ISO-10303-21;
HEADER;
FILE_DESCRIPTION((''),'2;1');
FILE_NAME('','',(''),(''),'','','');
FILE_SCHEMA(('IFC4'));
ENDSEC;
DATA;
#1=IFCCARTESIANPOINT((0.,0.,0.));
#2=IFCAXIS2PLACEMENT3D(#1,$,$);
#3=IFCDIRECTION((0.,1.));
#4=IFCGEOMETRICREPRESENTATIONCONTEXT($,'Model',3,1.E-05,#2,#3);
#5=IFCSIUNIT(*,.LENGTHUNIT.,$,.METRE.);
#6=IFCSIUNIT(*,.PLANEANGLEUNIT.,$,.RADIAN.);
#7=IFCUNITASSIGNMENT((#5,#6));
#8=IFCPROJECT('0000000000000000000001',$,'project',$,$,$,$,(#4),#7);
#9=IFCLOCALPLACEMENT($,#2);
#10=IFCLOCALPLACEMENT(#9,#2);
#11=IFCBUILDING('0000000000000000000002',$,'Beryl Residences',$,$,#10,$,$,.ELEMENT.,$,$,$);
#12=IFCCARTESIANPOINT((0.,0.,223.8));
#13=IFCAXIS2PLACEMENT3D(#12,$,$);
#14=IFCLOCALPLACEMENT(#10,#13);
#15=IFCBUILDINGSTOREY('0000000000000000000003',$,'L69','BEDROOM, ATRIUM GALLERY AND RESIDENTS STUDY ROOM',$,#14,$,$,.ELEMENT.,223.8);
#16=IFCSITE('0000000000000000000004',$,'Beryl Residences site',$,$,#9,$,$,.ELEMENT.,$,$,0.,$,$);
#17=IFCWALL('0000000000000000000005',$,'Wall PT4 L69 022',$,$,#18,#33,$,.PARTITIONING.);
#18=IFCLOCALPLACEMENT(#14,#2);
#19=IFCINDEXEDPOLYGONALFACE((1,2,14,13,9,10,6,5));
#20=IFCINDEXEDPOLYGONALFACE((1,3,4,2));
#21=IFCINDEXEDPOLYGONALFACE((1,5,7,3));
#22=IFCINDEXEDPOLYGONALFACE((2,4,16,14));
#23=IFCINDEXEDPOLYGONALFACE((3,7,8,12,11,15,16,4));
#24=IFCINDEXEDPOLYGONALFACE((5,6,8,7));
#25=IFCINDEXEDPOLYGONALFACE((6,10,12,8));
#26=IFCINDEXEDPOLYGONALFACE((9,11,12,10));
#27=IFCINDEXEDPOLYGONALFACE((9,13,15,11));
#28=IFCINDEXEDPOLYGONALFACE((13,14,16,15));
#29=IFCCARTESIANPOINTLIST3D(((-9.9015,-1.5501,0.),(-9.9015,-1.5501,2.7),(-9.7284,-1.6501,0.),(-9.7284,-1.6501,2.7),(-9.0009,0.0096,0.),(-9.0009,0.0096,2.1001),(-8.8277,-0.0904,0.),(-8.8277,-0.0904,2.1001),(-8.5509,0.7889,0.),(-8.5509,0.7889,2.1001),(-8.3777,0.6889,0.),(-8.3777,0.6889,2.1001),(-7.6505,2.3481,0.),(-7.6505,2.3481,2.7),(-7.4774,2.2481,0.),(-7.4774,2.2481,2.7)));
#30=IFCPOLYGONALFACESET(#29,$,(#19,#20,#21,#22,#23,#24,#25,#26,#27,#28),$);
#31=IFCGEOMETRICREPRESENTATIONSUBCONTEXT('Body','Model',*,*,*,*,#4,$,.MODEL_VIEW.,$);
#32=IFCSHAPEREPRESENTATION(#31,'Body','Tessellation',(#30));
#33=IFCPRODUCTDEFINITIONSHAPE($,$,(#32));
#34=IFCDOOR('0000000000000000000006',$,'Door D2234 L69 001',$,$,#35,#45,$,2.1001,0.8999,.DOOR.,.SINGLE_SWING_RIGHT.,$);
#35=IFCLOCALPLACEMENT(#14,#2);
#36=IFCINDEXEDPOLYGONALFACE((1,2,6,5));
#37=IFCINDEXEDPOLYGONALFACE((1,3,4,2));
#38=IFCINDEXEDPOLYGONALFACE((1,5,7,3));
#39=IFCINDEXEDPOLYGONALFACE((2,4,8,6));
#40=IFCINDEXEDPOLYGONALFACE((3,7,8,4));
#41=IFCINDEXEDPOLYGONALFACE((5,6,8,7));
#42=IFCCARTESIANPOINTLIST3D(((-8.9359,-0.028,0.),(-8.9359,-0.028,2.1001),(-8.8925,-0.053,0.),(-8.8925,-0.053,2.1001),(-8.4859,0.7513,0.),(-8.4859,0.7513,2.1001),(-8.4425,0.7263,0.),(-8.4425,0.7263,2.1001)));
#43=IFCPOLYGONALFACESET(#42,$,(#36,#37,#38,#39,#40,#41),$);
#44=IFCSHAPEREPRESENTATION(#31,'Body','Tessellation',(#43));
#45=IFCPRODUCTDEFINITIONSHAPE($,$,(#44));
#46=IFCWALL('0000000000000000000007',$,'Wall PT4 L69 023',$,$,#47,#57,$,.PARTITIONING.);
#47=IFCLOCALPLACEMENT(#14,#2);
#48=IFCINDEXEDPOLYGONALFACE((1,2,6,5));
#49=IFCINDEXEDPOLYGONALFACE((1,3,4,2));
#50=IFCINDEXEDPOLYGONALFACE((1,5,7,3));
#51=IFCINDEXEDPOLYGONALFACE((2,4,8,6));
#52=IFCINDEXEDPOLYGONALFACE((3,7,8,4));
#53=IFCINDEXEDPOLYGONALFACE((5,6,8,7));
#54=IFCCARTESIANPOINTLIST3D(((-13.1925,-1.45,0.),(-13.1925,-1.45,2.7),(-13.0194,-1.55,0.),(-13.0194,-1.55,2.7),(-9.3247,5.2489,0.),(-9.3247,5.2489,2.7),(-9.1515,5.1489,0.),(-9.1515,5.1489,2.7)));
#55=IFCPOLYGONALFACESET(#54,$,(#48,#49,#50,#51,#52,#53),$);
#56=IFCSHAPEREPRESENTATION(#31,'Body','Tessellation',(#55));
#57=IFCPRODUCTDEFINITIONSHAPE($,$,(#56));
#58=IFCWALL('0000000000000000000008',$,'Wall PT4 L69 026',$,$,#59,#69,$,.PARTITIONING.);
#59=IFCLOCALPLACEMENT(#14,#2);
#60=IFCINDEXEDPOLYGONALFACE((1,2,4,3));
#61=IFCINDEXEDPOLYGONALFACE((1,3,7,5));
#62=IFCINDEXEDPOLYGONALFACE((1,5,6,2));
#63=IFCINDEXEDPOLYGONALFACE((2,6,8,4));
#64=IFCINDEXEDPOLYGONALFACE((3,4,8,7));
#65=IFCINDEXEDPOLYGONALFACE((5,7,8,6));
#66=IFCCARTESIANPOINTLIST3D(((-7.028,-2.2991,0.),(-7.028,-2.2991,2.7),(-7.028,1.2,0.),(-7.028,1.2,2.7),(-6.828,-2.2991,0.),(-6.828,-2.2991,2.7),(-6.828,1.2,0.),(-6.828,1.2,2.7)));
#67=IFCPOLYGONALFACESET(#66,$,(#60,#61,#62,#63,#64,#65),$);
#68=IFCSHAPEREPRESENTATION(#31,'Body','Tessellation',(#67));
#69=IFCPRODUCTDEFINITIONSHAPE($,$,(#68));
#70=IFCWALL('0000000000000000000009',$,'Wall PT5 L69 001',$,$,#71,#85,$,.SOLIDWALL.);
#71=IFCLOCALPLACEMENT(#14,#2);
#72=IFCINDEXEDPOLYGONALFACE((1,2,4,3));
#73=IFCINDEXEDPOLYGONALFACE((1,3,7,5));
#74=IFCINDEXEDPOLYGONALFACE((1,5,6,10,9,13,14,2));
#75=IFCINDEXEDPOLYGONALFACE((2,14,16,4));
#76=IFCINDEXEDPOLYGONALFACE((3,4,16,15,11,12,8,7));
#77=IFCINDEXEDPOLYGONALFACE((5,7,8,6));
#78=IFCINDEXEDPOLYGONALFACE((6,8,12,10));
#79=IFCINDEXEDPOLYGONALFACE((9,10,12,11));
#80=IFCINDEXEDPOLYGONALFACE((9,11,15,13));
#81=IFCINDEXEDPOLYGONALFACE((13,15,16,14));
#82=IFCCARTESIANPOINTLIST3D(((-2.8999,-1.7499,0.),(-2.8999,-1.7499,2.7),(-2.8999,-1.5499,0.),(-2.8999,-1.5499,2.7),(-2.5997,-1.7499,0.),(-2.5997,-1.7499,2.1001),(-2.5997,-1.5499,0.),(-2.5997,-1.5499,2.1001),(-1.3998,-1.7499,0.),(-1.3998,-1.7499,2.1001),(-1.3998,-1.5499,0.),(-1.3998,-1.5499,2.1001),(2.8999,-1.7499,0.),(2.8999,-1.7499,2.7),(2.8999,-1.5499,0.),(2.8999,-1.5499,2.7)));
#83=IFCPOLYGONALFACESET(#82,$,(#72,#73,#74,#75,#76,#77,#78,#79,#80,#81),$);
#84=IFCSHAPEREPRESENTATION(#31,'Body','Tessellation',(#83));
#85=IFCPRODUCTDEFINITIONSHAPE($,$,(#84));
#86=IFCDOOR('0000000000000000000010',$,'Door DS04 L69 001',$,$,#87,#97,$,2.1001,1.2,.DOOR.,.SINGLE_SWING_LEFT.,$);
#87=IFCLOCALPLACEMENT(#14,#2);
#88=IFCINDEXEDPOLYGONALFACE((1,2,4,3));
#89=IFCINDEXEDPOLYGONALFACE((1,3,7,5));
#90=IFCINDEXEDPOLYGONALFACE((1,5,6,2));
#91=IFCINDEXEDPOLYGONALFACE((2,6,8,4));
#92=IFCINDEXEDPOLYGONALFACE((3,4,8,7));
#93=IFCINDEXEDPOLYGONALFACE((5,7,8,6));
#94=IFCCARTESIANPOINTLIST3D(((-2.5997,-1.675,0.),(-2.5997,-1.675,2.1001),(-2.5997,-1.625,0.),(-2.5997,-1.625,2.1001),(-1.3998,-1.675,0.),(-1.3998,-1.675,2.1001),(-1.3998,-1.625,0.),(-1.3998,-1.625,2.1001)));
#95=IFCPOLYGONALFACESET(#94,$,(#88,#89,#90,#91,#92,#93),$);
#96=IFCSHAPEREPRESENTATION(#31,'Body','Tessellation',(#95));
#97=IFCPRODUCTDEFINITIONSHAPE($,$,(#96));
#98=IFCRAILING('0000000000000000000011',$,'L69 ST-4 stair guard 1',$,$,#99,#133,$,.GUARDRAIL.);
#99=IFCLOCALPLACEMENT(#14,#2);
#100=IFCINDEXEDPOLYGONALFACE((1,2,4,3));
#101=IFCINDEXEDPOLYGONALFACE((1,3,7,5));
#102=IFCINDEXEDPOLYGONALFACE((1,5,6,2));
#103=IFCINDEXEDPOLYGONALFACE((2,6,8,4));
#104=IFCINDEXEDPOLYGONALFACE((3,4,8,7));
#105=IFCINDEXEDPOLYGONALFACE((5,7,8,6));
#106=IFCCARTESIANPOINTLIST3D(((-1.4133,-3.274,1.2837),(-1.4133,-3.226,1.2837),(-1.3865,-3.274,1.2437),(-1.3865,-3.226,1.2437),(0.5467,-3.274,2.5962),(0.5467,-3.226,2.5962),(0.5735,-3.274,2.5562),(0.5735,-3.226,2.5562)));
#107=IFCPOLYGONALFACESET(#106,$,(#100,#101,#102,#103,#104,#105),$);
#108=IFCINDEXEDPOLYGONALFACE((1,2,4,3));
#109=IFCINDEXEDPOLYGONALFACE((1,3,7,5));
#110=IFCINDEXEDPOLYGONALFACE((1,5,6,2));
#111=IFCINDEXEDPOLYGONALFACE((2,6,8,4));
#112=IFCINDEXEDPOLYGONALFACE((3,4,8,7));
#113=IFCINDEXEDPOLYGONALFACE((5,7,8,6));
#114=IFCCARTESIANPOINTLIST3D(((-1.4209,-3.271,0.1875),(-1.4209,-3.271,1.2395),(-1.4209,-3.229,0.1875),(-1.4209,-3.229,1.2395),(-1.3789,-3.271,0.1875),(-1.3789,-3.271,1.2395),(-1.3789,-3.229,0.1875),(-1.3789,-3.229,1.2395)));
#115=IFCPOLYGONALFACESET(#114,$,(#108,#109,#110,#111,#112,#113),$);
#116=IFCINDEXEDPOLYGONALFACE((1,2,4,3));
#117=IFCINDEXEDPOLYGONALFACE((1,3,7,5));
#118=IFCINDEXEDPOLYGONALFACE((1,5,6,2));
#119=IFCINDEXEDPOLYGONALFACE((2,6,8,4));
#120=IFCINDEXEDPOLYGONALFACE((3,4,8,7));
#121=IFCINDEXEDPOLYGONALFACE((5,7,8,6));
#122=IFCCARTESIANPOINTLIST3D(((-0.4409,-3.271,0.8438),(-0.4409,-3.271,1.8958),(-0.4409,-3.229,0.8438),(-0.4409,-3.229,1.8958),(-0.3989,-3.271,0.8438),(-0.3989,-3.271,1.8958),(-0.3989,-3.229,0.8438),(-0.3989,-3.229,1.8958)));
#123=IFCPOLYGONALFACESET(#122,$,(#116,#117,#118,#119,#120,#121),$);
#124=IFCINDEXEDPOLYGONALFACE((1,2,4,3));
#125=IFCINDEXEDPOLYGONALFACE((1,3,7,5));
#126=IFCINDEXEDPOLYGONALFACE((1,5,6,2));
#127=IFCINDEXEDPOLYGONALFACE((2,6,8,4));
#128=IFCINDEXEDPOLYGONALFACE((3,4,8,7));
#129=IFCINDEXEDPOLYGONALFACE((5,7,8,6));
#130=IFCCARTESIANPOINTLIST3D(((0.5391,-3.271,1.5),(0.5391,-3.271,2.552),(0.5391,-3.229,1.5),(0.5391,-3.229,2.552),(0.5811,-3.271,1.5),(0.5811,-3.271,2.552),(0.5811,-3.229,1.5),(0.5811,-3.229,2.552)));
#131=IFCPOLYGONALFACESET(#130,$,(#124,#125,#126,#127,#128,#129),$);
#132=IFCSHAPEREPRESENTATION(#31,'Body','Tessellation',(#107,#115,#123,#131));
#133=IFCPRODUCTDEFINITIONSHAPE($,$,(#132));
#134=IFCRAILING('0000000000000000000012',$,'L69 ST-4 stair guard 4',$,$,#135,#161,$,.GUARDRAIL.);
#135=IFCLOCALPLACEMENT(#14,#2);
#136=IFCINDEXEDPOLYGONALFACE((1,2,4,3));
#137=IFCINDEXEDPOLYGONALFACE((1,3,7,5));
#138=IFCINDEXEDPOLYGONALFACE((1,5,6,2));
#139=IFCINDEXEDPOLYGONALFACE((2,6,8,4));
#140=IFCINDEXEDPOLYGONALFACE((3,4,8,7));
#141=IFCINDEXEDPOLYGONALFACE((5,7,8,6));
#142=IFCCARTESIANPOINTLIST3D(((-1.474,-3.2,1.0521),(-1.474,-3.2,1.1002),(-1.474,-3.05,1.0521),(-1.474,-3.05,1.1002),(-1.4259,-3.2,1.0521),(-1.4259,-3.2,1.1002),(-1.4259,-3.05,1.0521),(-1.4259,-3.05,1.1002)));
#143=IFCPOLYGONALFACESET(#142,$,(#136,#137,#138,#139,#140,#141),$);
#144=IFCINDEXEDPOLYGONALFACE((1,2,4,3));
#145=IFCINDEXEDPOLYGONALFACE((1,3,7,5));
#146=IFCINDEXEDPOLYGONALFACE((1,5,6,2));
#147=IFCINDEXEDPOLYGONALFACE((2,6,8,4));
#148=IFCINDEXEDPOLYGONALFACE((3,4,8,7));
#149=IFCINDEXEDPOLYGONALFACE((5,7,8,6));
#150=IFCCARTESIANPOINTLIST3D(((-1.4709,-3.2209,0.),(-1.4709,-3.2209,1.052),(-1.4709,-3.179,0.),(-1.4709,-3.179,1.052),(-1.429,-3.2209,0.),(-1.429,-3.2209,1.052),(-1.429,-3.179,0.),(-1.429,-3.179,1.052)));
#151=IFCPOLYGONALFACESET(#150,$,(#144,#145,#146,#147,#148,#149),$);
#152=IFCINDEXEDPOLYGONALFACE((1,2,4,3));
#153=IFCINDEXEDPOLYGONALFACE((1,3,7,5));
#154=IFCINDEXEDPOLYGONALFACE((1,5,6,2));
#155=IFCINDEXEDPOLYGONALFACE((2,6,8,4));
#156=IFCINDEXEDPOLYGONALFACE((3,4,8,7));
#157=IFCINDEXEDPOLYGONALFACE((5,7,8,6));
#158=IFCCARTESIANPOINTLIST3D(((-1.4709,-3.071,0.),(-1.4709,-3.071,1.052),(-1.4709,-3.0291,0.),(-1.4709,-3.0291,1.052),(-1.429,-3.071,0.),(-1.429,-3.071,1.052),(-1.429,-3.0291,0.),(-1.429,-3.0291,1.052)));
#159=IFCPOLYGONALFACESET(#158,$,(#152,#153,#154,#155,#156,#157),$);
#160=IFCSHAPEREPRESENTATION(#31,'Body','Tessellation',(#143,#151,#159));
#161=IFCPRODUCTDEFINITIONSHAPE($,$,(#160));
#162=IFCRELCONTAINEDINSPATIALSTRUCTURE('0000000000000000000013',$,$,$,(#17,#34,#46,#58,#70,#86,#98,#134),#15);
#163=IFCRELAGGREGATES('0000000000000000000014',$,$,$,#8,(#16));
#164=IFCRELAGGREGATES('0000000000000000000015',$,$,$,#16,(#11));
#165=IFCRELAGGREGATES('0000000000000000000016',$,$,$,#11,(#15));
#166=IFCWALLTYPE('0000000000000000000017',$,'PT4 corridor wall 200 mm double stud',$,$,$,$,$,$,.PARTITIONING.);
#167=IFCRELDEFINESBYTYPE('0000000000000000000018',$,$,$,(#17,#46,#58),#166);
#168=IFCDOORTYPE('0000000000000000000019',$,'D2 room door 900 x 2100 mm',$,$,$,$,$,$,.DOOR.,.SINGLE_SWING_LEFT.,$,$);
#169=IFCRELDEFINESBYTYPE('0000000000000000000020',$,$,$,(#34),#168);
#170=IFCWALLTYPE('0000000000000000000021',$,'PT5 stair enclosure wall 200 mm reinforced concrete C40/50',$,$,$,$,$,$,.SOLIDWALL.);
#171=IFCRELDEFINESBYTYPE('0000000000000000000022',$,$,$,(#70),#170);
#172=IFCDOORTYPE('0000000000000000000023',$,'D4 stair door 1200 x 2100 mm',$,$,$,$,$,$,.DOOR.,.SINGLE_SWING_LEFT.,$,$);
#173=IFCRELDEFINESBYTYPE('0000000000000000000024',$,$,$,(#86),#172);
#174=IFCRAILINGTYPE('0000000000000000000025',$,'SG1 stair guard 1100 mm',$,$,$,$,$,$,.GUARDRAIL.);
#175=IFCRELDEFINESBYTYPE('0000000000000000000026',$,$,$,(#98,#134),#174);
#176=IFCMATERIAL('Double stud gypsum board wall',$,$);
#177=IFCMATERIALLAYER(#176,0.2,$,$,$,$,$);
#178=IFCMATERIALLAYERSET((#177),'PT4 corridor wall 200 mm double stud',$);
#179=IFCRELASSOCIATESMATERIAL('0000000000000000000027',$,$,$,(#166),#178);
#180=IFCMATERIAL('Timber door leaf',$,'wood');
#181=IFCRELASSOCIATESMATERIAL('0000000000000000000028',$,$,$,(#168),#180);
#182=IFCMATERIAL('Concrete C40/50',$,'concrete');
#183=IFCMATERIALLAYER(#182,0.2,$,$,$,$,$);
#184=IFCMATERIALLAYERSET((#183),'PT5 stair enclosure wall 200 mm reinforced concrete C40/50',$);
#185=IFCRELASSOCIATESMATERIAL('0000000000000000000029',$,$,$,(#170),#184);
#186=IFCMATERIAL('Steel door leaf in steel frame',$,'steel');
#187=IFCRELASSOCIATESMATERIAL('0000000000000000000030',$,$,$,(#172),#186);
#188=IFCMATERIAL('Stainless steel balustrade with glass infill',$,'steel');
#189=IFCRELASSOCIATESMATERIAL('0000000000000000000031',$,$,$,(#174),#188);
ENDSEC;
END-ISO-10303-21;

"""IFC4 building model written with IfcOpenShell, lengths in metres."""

from ifc_helpers import new_model, si_unit, direction, frame, frame_2d, origin, origin_2d, place, context, subcontext, project, spatial, rectangle, extrude, material, layer, layer_set, type_object, element, fill, save


model = new_model("IFC4")

# Units and contexts
model_context = context("Model", 3, precision=1e-05, world=origin(), true_north=direction((0.0, 1.0)))
body_context = subcontext(model_context, "Body", "Model", "MODEL_VIEW")
ifc_project = project(units=[si_unit("LENGTHUNIT", "METRE"), si_unit("PLANEANGLEUNIT", "RADIAN")], contexts=[model_context])

# Site, building, storey
site_placement = place(None, origin())
site = spatial("IfcSite", under=ifc_project, at=site_placement, Name="Beryl Residences site", CompositionType="ELEMENT", RefElevation=0.0)
building_placement = place(site_placement, origin())
building = spatial("IfcBuilding", under=site, at=building_placement, Name="Beryl Residences", CompositionType="ELEMENT")
storey_placement = place(building_placement, frame((0.0, 0.0, 223.8)))
storey = spatial("IfcBuildingStorey", under=building, at=storey_placement, Name="L69", Description="BEDROOM, ATRIUM GALLERY AND RESIDENTS STUDY ROOM", CompositionType="ELEMENT", Elevation=223.8)

# Shared definitions
ifc_material_1 = material(Name="Double stud gypsum board wall")
ifc_layer_1 = layer(ifc_material_1, 0.2)
ifc_layer_set_1 = layer_set([ifc_layer_1], Name="PT4 corridor wall 200 mm double stud")
wall_type_1 = type_object("IfcWallType", Name="PT4 corridor wall 200 mm double stud", PredefinedType="PARTITIONING", material=ifc_layer_set_1)

# Wall, opening, door
wall_1_placement = place(storey_placement, frame((-9.8149, -1.6001, 0.0), z_axis=(0.0, 0.0, 1.0), x_axis=(0.500059, 0.865991, 0.0)))
wall_1 = element("IfcWall", 1, at=wall_1_placement, inside=storey, type_object=wall_type_1, Name="Wall PT4 L69 022", PredefinedType="PARTITIONING", context=body_context, shape_type="SweptSolid", body=[
    extrude(rectangle(XDim=4.5015, YDim=0.2, at=frame_2d((2.2507, 0.0))), origin(), (0.0, 0.0, 1.0), 2.7),
])
opening_1_placement = place(wall_1_placement, frame((1.801, 0.0, 0.0)))
opening_1 = element("IfcOpeningElement", 2, at=opening_1_placement, cuts=wall_1, PredefinedType="OPENING", context=body_context, shape_type="SweptSolid", body=[
    extrude(rectangle(XDim=0.8999, YDim=2.1001, at=frame_2d((0.45, 1.05))), frame((0.0, 0.1099, 0.0), z_axis=(0.0, -1.0, 0.0), x_axis=(1.0, 0.0, 0.0)), (0.0, 0.0, 1.0), 0.22),
])
ifc_material_2 = material(Name="Timber door leaf", Category="wood")
door_type_1 = type_object("IfcDoorType", Name="D2 room door 900 x 2100 mm", OperationType="SINGLE_SWING_LEFT", PredefinedType="DOOR", material=ifc_material_2)
door_1_placement = place(opening_1_placement, origin())
door_1 = element("IfcDoor", 3, at=door_1_placement, inside=storey, type_object=door_type_1, Name="Door D2234 L69 001", OperationType="SINGLE_SWING_RIGHT", OverallHeight=2.1001, OverallWidth=0.8999, PredefinedType="DOOR", context=body_context, shape_type="SweptSolid", body=[
    extrude(rectangle(XDim=0.8999, YDim=2.1001, at=frame_2d((0.45, 1.05))), frame((0.0, 0.0249, 0.0), z_axis=(0.0, -1.0, 0.0), x_axis=(1.0, 0.0, 0.0)), (0.0, 0.0, 1.0), 0.05),
])
fill(opening_1, door_1)

# Walls
wall_2_placement = place(storey_placement, frame((-13.106, -1.5, 0.0), z_axis=(0.0, 0.0, 1.0), x_axis=(0.500026, 0.866011, 0.0)))
element("IfcWall", 4, at=wall_2_placement, inside=storey, type_object=wall_type_1, Name="Wall PT4 L69 023", PredefinedType="PARTITIONING", context=body_context, shape_type="SweptSolid", body=[
    extrude(rectangle(XDim=7.7354, YDim=0.2, at=frame_2d((3.8677, 0.0))), origin(), (0.0, 0.0, 1.0), 2.7),
])
wall_3_placement = place(storey_placement, frame((-6.928, -2.2991, 0.0), z_axis=(0.0, 0.0, 1.0), x_axis=(0.0, 1.0, 0.0)))
element("IfcWall", 5, at=wall_3_placement, inside=storey, type_object=wall_type_1, Name="Wall PT4 L69 026", PredefinedType="PARTITIONING", context=body_context, shape_type="SweptSolid", body=[
    extrude(rectangle(XDim=3.499, YDim=0.2, at=frame_2d((1.7495, 0.0))), origin(), (0.0, 0.0, 1.0), 2.7),
])

# Wall, opening, door
ifc_material_3 = material(Name="Concrete C40/50", Category="concrete")
ifc_layer_2 = layer(ifc_material_3, 0.2)
ifc_layer_set_2 = layer_set([ifc_layer_2], Name="PT5 stair enclosure wall 200 mm reinforced concrete C40/50")
wall_type_2 = type_object("IfcWallType", Name="PT5 stair enclosure wall 200 mm reinforced concrete C40/50", PredefinedType="SOLIDWALL", material=ifc_layer_set_2)
wall_4_placement = place(storey_placement, frame((-2.8999, -1.6499, 0.0), z_axis=(0.0, 0.0, 1.0), x_axis=(1.0, 0.0, 0.0)))
wall_4 = element("IfcWall", 6, at=wall_4_placement, inside=storey, type_object=wall_type_2, Name="Wall PT5 L69 001", PredefinedType="SOLIDWALL", context=body_context, shape_type="SweptSolid", body=[
    extrude(rectangle(XDim=5.7998, YDim=0.2, at=frame_2d((2.8999, 0.0))), origin(), (0.0, 0.0, 1.0), 2.7),
])
opening_2_placement = place(wall_4_placement, frame((0.3, 0.0, 0.0)))
opening_2 = element("IfcOpeningElement", 7, at=opening_2_placement, cuts=wall_4, PredefinedType="OPENING", context=body_context, shape_type="SweptSolid", body=[
    extrude(rectangle(XDim=1.2, YDim=2.1001, at=frame_2d((0.6001, 1.05))), frame((0.0, 0.1099, 0.0), z_axis=(0.0, -1.0, 0.0), x_axis=(1.0, 0.0, 0.0)), (0.0, 0.0, 1.0), 0.22),
])
ifc_material_4 = material(Name="Steel door leaf in steel frame", Category="steel")
door_type_2 = type_object("IfcDoorType", Name="D4 stair door 1200 x 2100 mm", OperationType="SINGLE_SWING_LEFT", PredefinedType="DOOR", material=ifc_material_4)
door_2_placement = place(opening_2_placement, origin())
door_2 = element("IfcDoor", 8, at=door_2_placement, inside=storey, type_object=door_type_2, Name="Door DS04 L69 001", OperationType="SINGLE_SWING_LEFT", OverallHeight=2.1001, OverallWidth=1.2, PredefinedType="DOOR", context=body_context, shape_type="SweptSolid", body=[
    extrude(rectangle(XDim=1.2, YDim=2.1001, at=frame_2d((0.6001, 1.05))), frame((0.0, 0.0249, 0.0), z_axis=(0.0, -1.0, 0.0), x_axis=(1.0, 0.0, 0.0)), (0.0, 0.0, 1.0), 0.05),
])
fill(opening_2, door_2)

# Railings
ifc_material_5 = material(Name="Stainless steel balustrade with glass infill", Category="steel")
railing_type_1 = type_object("IfcRailingType", Name="SG1 stair guard 1100 mm", PredefinedType="GUARDRAIL", material=ifc_material_5)
railing_1_placement = place(storey_placement, frame((-1.3999, -3.25, 0.1875)))
element("IfcRailing", 9, at=railing_1_placement, inside=storey, type_object=railing_type_1, Name="L69 ST-4 stair guard 1", PredefinedType="GUARDRAIL", context=body_context, shape_type="SweptSolid", body=[
    extrude(rectangle(XDim=0.0481, YDim=0.0481, at=origin_2d()), frame((0.0, 0.0, 1.0762), z_axis=(0.830902, 0.0, 0.556419), x_axis=(0.0, 1.0, 0.0)), (0.0, 0.0, 1.0), 2.3589),
    extrude(rectangle(XDim=0.042, YDim=0.042, at=origin_2d()), origin(), (0.0, 0.0, 1.0), 1.052),
    extrude(rectangle(XDim=0.042, YDim=0.042, at=origin_2d()), frame((0.98, 0.0, 0.6562)), (0.0, 0.0, 1.0), 1.052),
    extrude(rectangle(XDim=0.042, YDim=0.042, at=origin_2d()), frame((1.96, 0.0, 1.3125)), (0.0, 0.0, 1.0), 1.052),
])
railing_2_placement = place(storey_placement, frame((-1.45, -3.2, 0.0)))
element("IfcRailing", 10, at=railing_2_placement, inside=storey, type_object=railing_type_1, Name="L69 ST-4 stair guard 4", PredefinedType="GUARDRAIL", context=body_context, shape_type="SweptSolid", body=[
    extrude(rectangle(XDim=0.0481, YDim=0.0481, at=origin_2d()), frame((0.0, 0.0, 1.0762), z_axis=(0.0, 1.0, 0.0), x_axis=(-1.0, 0.0, 0.0)), (0.0, 0.0, 1.0), 0.1499),
    extrude(rectangle(XDim=0.042, YDim=0.042, at=origin_2d()), origin(), (0.0, 0.0, 1.0), 1.052),
    extrude(rectangle(XDim=0.042, YDim=0.042, at=origin_2d()), frame((0.0, 0.1499, 0.0)), (0.0, 0.0, 1.0), 1.052),
])

save(model, "model.ifc")
